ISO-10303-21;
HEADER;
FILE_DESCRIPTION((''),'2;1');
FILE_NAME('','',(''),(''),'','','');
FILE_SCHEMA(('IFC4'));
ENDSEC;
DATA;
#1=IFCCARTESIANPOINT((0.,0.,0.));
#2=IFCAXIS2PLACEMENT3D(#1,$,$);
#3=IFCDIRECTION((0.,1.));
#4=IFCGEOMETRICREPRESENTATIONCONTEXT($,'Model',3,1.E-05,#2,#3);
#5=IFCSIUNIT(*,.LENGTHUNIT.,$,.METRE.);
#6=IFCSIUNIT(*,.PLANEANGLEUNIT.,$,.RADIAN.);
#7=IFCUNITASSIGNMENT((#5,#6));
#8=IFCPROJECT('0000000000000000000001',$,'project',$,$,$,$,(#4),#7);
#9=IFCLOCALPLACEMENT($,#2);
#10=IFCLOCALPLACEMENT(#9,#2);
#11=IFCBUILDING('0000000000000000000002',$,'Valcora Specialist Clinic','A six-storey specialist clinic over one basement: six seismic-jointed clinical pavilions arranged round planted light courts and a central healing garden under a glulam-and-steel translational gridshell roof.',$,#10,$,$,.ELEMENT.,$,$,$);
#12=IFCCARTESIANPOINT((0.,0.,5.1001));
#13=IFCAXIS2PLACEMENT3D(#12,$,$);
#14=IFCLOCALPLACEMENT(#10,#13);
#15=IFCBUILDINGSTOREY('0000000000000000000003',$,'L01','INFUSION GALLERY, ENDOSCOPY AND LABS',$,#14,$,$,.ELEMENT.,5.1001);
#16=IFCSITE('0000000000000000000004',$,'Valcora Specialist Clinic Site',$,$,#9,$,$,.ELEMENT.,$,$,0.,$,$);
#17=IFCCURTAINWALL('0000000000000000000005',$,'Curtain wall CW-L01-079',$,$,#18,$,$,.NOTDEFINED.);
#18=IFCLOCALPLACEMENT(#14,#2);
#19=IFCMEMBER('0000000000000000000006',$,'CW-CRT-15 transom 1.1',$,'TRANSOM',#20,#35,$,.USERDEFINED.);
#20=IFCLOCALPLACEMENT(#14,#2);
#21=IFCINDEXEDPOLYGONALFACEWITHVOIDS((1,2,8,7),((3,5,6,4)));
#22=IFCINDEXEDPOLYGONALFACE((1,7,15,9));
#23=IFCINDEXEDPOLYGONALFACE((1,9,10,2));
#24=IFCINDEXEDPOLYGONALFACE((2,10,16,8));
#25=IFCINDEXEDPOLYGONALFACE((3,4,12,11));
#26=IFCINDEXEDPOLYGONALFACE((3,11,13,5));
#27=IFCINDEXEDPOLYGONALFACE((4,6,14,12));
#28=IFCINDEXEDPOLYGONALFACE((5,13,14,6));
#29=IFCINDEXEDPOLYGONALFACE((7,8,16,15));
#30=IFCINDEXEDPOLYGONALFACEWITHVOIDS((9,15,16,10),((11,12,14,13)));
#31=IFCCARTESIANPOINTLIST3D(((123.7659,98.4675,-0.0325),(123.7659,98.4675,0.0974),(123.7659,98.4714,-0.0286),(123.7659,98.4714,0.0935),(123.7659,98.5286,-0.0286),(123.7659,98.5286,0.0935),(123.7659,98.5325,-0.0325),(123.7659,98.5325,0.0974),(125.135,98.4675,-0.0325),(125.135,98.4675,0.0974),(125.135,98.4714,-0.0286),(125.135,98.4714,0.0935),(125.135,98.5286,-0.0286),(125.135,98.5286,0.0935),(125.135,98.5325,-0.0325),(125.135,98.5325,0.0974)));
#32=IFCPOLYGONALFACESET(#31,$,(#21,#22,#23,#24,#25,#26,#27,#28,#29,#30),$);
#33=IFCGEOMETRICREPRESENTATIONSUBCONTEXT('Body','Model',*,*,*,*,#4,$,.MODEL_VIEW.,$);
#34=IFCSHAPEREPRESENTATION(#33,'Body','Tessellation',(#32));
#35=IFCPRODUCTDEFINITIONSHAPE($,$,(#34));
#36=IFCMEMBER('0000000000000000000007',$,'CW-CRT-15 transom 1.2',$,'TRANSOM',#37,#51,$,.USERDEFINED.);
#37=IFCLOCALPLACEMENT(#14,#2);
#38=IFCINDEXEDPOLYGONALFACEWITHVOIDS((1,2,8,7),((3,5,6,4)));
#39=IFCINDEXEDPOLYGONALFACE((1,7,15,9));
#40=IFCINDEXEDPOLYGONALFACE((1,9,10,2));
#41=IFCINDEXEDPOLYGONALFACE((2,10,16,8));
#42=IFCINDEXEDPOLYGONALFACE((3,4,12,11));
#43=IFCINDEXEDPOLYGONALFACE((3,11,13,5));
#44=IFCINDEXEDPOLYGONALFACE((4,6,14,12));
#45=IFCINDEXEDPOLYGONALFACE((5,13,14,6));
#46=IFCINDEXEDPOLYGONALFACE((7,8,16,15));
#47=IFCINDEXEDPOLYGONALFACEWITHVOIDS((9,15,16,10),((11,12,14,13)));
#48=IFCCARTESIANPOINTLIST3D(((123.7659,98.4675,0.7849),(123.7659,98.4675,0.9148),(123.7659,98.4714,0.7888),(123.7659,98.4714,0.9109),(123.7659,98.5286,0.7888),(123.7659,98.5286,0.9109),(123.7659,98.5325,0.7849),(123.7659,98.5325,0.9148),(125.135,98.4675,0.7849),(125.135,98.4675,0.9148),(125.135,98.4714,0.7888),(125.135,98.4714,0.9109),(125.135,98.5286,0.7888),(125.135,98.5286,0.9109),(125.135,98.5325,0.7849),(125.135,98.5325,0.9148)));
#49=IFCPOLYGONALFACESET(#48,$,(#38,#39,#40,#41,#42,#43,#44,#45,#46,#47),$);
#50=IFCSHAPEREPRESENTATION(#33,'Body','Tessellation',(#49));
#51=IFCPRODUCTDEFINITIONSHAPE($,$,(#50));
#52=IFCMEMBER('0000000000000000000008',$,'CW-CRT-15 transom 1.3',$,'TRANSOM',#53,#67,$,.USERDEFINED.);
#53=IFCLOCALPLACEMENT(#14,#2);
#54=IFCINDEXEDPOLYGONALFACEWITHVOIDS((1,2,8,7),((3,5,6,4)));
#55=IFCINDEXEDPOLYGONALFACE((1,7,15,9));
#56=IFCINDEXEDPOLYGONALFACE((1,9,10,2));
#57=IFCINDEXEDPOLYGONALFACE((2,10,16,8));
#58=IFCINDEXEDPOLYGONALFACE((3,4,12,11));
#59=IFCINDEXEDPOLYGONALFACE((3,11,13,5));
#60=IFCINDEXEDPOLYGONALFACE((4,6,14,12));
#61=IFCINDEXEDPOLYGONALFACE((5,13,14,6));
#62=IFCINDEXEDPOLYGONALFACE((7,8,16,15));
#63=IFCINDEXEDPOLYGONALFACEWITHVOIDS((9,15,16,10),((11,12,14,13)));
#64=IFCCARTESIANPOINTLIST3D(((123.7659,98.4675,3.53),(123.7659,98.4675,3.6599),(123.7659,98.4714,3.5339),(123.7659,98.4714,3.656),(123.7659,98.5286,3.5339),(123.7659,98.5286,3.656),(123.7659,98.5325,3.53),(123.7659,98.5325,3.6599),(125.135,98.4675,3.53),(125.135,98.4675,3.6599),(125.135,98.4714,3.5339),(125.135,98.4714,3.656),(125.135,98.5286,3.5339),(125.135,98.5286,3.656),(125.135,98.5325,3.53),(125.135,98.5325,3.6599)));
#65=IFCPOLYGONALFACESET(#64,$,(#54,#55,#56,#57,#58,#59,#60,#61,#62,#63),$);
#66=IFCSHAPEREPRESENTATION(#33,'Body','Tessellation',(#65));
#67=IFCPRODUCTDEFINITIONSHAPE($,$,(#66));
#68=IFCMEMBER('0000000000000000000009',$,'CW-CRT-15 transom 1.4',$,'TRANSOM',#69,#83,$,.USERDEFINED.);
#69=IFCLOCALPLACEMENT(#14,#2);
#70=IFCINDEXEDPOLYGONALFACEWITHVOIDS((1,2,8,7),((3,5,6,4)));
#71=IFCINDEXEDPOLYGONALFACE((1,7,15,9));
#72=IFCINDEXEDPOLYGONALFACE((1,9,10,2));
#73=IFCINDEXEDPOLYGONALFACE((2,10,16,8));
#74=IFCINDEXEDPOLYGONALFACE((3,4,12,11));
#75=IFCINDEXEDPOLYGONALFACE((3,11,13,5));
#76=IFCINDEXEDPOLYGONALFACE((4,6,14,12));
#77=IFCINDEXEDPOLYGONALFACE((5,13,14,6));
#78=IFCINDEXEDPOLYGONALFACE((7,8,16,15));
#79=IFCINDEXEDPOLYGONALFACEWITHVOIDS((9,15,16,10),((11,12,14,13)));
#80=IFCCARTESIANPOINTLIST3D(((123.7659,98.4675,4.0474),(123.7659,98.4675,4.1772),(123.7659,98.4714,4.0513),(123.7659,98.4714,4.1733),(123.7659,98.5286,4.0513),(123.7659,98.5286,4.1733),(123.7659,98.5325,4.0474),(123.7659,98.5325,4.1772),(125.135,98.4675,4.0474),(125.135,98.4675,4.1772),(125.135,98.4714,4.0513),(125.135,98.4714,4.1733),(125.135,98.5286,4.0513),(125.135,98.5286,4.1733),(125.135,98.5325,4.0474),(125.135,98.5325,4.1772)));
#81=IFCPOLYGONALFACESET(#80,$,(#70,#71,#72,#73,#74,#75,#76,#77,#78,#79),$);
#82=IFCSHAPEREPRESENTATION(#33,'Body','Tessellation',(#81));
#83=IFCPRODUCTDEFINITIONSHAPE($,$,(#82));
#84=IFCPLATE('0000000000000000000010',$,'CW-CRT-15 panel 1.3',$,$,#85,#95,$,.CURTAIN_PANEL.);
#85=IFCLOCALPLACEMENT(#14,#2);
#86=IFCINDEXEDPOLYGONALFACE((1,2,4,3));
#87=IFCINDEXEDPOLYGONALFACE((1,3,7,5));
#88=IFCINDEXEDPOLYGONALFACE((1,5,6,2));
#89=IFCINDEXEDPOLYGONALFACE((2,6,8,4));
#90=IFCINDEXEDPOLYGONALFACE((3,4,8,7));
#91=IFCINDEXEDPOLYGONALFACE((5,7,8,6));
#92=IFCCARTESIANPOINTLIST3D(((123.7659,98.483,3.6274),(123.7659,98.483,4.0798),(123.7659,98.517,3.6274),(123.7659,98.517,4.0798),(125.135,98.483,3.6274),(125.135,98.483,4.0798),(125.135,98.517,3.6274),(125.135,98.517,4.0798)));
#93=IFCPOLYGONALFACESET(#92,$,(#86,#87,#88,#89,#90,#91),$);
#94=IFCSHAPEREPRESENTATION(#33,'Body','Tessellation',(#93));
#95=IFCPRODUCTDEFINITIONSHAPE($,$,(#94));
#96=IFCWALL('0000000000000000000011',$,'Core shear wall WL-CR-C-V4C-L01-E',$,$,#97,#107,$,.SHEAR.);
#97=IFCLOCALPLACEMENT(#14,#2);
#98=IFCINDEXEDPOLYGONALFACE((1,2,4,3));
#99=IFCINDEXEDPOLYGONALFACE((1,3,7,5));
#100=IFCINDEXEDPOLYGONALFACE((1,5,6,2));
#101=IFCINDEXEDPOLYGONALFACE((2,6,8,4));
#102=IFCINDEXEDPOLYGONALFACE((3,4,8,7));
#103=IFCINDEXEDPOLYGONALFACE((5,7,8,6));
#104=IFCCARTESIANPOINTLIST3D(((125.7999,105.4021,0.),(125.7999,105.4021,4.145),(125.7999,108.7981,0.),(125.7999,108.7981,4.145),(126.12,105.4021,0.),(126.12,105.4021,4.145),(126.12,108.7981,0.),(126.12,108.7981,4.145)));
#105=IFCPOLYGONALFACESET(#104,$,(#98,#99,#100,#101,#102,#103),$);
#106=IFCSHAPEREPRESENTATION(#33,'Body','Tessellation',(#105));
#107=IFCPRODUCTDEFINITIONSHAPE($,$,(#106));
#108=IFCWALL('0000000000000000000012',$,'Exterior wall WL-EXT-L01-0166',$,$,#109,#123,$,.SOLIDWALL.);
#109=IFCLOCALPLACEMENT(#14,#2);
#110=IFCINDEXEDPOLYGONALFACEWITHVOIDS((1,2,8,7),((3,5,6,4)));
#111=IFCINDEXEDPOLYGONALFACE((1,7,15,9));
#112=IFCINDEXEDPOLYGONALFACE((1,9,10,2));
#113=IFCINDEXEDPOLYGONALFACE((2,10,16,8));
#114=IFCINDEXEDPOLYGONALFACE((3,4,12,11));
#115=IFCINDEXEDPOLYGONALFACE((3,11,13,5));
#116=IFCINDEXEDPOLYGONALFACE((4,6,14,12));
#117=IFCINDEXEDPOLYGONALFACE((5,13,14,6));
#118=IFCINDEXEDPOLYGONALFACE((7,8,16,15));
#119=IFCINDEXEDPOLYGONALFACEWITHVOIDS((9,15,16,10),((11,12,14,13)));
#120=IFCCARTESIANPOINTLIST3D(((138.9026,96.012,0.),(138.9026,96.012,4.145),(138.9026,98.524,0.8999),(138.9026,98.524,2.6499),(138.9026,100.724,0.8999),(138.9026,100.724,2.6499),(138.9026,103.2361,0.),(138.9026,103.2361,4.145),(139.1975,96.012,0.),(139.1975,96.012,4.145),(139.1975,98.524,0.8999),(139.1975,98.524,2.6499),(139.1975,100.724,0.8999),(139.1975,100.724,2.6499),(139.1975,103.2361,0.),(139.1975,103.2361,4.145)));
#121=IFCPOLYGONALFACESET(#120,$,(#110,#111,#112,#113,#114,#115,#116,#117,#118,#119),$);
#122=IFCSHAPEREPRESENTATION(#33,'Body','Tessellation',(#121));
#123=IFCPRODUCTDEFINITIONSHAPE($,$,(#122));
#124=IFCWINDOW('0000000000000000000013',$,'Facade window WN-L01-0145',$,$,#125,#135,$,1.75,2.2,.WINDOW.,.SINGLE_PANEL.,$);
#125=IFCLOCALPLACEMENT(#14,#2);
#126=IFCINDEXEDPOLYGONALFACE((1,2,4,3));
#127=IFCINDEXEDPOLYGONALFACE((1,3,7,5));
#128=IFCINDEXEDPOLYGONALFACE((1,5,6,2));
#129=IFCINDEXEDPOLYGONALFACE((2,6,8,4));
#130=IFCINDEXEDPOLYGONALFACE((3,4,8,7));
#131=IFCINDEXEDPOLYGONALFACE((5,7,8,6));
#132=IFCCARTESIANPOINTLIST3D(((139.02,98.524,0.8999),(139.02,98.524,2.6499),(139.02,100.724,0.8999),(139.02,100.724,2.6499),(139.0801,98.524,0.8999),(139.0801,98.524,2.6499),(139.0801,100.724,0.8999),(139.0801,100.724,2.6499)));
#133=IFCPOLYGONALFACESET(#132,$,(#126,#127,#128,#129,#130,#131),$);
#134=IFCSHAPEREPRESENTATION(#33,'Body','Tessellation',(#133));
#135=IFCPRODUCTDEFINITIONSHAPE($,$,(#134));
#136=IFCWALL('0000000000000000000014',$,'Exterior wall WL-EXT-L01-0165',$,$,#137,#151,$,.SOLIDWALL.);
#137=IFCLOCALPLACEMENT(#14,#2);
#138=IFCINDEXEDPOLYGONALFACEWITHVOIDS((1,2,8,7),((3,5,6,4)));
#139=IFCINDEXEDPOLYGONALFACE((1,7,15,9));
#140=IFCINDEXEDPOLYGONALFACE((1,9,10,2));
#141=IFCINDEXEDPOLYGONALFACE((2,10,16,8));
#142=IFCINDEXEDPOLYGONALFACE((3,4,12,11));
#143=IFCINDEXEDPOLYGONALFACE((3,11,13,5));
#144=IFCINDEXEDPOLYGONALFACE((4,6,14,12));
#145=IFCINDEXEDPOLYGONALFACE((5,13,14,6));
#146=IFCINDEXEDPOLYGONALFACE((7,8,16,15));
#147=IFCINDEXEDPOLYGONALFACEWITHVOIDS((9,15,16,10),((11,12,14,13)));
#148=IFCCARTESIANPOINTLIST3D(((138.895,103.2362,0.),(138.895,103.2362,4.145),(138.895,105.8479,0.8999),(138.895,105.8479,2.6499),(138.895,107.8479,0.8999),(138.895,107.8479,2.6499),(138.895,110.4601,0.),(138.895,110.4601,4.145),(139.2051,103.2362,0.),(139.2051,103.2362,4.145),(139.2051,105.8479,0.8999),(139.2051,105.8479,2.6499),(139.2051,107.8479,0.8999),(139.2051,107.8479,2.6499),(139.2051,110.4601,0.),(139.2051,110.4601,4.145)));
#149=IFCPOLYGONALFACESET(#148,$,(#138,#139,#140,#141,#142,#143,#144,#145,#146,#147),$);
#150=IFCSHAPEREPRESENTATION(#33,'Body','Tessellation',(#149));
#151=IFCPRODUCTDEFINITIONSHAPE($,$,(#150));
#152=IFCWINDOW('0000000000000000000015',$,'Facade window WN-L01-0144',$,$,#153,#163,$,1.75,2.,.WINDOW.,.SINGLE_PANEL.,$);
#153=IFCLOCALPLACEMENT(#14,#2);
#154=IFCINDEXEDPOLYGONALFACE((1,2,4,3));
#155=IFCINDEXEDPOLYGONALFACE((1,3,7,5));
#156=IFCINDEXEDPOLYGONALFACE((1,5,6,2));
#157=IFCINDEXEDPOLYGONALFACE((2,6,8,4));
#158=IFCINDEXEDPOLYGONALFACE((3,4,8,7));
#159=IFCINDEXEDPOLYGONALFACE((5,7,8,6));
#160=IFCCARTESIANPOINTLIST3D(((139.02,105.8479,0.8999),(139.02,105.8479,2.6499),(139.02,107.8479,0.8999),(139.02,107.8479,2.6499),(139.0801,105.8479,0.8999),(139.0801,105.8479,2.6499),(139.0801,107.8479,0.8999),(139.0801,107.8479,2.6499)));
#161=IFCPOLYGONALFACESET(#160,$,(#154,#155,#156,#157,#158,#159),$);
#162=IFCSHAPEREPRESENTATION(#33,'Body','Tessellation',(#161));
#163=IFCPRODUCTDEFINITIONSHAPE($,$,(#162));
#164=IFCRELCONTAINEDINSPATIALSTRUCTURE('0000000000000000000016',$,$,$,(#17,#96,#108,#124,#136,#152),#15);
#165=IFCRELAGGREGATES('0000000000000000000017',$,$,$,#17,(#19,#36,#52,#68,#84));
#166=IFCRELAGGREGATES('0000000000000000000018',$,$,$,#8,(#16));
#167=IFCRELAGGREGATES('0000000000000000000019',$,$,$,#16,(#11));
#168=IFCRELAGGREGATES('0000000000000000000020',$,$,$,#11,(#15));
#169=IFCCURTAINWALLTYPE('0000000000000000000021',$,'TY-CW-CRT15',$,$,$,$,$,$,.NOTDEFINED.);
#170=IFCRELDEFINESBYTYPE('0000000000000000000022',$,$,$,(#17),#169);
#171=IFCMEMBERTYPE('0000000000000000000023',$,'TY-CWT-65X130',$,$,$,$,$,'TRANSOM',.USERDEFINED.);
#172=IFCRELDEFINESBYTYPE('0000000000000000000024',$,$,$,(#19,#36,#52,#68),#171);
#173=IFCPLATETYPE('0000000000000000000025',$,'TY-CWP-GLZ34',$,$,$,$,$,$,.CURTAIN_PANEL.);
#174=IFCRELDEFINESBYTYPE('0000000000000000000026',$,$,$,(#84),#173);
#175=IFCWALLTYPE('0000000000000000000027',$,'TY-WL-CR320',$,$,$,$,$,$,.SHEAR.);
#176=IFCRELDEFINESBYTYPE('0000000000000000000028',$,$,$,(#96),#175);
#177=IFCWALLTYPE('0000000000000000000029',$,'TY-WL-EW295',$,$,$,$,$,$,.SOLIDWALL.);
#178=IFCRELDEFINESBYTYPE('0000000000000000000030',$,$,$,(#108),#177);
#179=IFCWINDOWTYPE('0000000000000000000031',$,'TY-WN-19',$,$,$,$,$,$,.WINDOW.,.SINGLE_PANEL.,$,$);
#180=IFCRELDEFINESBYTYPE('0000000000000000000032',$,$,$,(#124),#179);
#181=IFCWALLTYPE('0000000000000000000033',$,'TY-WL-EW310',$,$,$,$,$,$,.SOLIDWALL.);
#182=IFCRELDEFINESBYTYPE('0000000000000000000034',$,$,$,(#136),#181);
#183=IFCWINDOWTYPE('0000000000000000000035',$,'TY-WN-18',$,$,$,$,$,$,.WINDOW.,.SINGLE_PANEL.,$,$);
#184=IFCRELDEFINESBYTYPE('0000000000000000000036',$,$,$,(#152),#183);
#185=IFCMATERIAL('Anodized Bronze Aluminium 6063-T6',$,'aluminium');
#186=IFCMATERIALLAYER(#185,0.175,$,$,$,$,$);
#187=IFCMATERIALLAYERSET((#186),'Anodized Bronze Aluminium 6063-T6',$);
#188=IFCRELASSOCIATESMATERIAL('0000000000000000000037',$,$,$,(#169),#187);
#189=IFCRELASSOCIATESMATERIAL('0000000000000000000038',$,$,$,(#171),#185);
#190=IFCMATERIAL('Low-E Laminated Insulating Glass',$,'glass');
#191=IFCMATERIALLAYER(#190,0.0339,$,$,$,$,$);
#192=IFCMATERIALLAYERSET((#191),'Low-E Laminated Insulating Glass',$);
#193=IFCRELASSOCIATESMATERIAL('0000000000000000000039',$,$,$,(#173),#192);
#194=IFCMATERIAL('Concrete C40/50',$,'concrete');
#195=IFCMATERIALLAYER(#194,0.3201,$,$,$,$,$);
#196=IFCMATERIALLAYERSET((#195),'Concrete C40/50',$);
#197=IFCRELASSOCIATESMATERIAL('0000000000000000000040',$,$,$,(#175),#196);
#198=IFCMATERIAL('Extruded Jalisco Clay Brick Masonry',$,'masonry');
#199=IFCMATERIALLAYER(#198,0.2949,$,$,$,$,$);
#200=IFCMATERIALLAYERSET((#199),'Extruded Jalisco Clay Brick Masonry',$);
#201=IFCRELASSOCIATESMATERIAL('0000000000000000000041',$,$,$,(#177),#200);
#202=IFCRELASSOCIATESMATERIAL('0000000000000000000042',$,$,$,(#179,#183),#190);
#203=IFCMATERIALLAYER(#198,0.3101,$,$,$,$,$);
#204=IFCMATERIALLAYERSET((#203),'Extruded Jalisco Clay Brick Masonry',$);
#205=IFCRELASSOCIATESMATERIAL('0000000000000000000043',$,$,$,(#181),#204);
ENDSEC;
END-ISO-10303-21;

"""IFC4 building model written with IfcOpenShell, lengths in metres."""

from ifc_helpers import new_model, si_unit, direction, frame, frame_2d, origin, origin_2d, place, context, subcontext, project, spatial, rectangle, hollow_rectangle, extrude, material, layer, layer_set, material_profile, profile_set, type_object, element, fill, aggregate, save


model = new_model("IFC4")

# Units and contexts
model_context = context("Model", 3, precision=1e-05, world=origin(), true_north=direction((0.0, 1.0)))
body_context = subcontext(model_context, "Body", "Model", "MODEL_VIEW")
ifc_project = project(units=[si_unit("LENGTHUNIT", "METRE"), si_unit("PLANEANGLEUNIT", "RADIAN")], contexts=[model_context])

# Site, building, storey
site_placement = place(None, origin())
site = spatial("IfcSite", under=ifc_project, at=site_placement, Name="Valcora Specialist Clinic Site", CompositionType="ELEMENT", RefElevation=0.0)
building_placement = place(site_placement, origin())
building = spatial("IfcBuilding", under=site, at=building_placement, Name="Valcora Specialist Clinic", Description="A six-storey specialist clinic over one basement: six seismic-jointed clinical pavilions arranged round planted light courts and a central healing garden under a glulam-and-steel translational gridshell roof.", CompositionType="ELEMENT")
storey_placement = place(building_placement, frame((0.0, 0.0, 5.1001)))
storey = spatial("IfcBuildingStorey", under=building, at=storey_placement, Name="L01", Description="INFUSION GALLERY, ENDOSCOPY AND LABS", CompositionType="ELEMENT", Elevation=5.1001)

# Shared definitions
ifc_material_1 = material(Name="Concrete C40/50", Category="concrete")

# Curtain wall, members, plate
ifc_material_2 = material(Name="Anodized Bronze Aluminium 6063-T6", Category="aluminium")
ifc_layer_1 = layer(ifc_material_2, 0.175)
ifc_layer_set_1 = layer_set([ifc_layer_1], Name="Anodized Bronze Aluminium 6063-T6")
curtain_wall_type = type_object("IfcCurtainWallType", Name="TY-CW-CRT15", PredefinedType="NOTDEFINED", material=ifc_layer_set_1)
curtain_wall_placement = place(storey_placement, origin())
curtain_wall = element("IfcCurtainWall", 1, at=curtain_wall_placement, inside=storey, type_object=curtain_wall_type, Name="Curtain wall CW-L01-079", PredefinedType="NOTDEFINED")
ifc_material_profile_1 = material_profile(ifc_material_2, hollow_rectangle(XDim=0.0649, YDim=0.1299, WallThickness=0.0039, at=origin_2d()), Name="AL-TRN-65X130")
ifc_profile_set_1 = profile_set([ifc_material_profile_1], Name="Anodized Bronze Aluminium 6063-T6")
member_type_1 = type_object("IfcMemberType", Name="TY-CWT-65X130", ElementType="TRANSOM", PredefinedType="USERDEFINED", material=ifc_profile_set_1)
member_1_placement = place(storey_placement, frame((125.135, 98.5, 0.0325), z_axis=(-1.0, 0.0, 0.0), x_axis=(0.0, -1.0, 0.0)))
member_1 = element("IfcMember", 2, at=member_1_placement, type_object=member_type_1, Name="CW-CRT-15 transom 1.1", ObjectType="TRANSOM", PredefinedType="USERDEFINED", context=body_context, shape_type="SweptSolid", body=[
    extrude(hollow_rectangle(XDim=0.0649, YDim=0.1299, WallThickness=0.0039, at=origin_2d()), origin(), (0.0, 0.0, 1.0), 1.3691),
])
member_2_placement = place(storey_placement, frame((125.135, 98.5, 0.8499), z_axis=(-1.0, 0.0, 0.0), x_axis=(0.0, -1.0, 0.0)))
member_2 = element("IfcMember", 3, at=member_2_placement, type_object=member_type_1, Name="CW-CRT-15 transom 1.2", ObjectType="TRANSOM", PredefinedType="USERDEFINED", context=body_context, shape_type="SweptSolid", body=[
    extrude(hollow_rectangle(XDim=0.0649, YDim=0.1299, WallThickness=0.0039, at=origin_2d()), origin(), (0.0, 0.0, 1.0), 1.3691),
])
member_3_placement = place(storey_placement, frame((125.135, 98.5, 3.595), z_axis=(-1.0, 0.0, 0.0), x_axis=(0.0, -1.0, 0.0)))
member_3 = element("IfcMember", 4, at=member_3_placement, type_object=member_type_1, Name="CW-CRT-15 transom 1.3", ObjectType="TRANSOM", PredefinedType="USERDEFINED", context=body_context, shape_type="SweptSolid", body=[
    extrude(hollow_rectangle(XDim=0.0649, YDim=0.1299, WallThickness=0.0039, at=origin_2d()), origin(), (0.0, 0.0, 1.0), 1.3691),
])
member_4_placement = place(storey_placement, frame((125.135, 98.5, 4.1123), z_axis=(-1.0, 0.0, 0.0), x_axis=(0.0, -1.0, 0.0)))
member_4 = element("IfcMember", 5, at=member_4_placement, type_object=member_type_1, Name="CW-CRT-15 transom 1.4", ObjectType="TRANSOM", PredefinedType="USERDEFINED", context=body_context, shape_type="SweptSolid", body=[
    extrude(hollow_rectangle(XDim=0.0649, YDim=0.1299, WallThickness=0.0039, at=origin_2d()), origin(), (0.0, 0.0, 1.0), 1.3691),
])
ifc_material_3 = material(Name="Low-E Laminated Insulating Glass", Category="glass")
ifc_layer_2 = layer(ifc_material_3, 0.0339)
ifc_layer_set_2 = layer_set([ifc_layer_2], Name="Low-E Laminated Insulating Glass")
plate_type = type_object("IfcPlateType", Name="TY-CWP-GLZ34", PredefinedType="CURTAIN_PANEL", material=ifc_layer_set_2)
plate_placement = place(storey_placement, frame((124.4504, 98.5, 3.6274), z_axis=(0.0, 0.0, 1.0), x_axis=(-1.0, 0.0, 0.0)))
plate = element("IfcPlate", 6, at=plate_placement, type_object=plate_type, Name="CW-CRT-15 panel 1.3", PredefinedType="CURTAIN_PANEL", context=body_context, shape_type="SweptSolid", body=[
    extrude(rectangle(XDim=1.3691, YDim=0.0339, at=origin_2d()), origin(), (0.0, 0.0, 1.0), 0.4524),
])
aggregate(curtain_wall, [member_1, member_2, member_3, member_4, plate])

# Wall
ifc_layer_3 = layer(ifc_material_1, 0.3201)
ifc_layer_set_3 = layer_set([ifc_layer_3], Name="Concrete C40/50")
wall_type_1 = type_object("IfcWallType", Name="TY-WL-CR320", PredefinedType="SHEAR", material=ifc_layer_set_3)
wall_1_placement = place(storey_placement, frame((125.96, 105.4021, 0.0), z_axis=(0.0, 0.0, 1.0), x_axis=(0.0, 1.0, 0.0)))
element("IfcWall", 7, at=wall_1_placement, inside=storey, type_object=wall_type_1, Name="Core shear wall WL-CR-C-V4C-L01-E", PredefinedType="SHEAR", context=body_context, shape_type="SweptSolid", body=[
    extrude(rectangle(XDim=3.396, YDim=0.3201, at=frame_2d((1.698, 0.0))), origin(), (0.0, 0.0, 1.0), 4.145),
])

# Walls, openings, windows
ifc_material_4 = material(Name="Extruded Jalisco Clay Brick Masonry", Category="masonry")
ifc_layer_4 = layer(ifc_material_4, 0.2949)
ifc_layer_set_4 = layer_set([ifc_layer_4], Name="Extruded Jalisco Clay Brick Masonry")
wall_type_2 = type_object("IfcWallType", Name="TY-WL-EW295", PredefinedType="SOLIDWALL", material=ifc_layer_set_4)
wall_2_placement = place(storey_placement, frame((139.05, 103.2361, 0.0), z_axis=(0.0, 0.0, 1.0), x_axis=(0.0, -1.0, 0.0)))
wall_2 = element("IfcWall", 8, at=wall_2_placement, inside=storey, type_object=wall_type_2, Name="Exterior wall WL-EXT-L01-0166", PredefinedType="SOLIDWALL", context=body_context, shape_type="SweptSolid", body=[
    extrude(rectangle(XDim=7.2241, YDim=0.2949, at=frame_2d((3.6121, 0.0))), origin(), (0.0, 0.0, 1.0), 4.145),
])
opening_1_placement = place(wall_2_placement, frame((2.512, 0.0, 0.8999)))
opening_1 = element("IfcOpeningElement", 9, at=opening_1_placement, cuts=wall_2, PredefinedType="OPENING", context=body_context, shape_type="SweptSolid", body=[
    extrude(rectangle(XDim=2.2, YDim=1.75, at=frame_2d((1.1001, 0.875))), frame((0.0, 0.1575, 0.0), z_axis=(0.0, -1.0, 0.0), x_axis=(1.0, 0.0, 0.0)), (0.0, 0.0, 1.0), 0.3149),
])
window_type_1 = type_object("IfcWindowType", Name="TY-WN-19", PartitioningType="SINGLE_PANEL", PredefinedType="WINDOW", material=ifc_material_3)
window_1_placement = place(opening_1_placement, origin())
window_1 = element("IfcWindow", 10, at=window_1_placement, inside=storey, type_object=window_type_1, Name="Facade window WN-L01-0145", OverallHeight=1.75, OverallWidth=2.2, PartitioningType="SINGLE_PANEL", PredefinedType="WINDOW", context=body_context, shape_type="SweptSolid", body=[
    extrude(rectangle(XDim=2.2, YDim=1.75, at=frame_2d((1.1001, 0.875))), frame((0.0, 0.03, 0.0), z_axis=(0.0, -1.0, 0.0), x_axis=(1.0, 0.0, 0.0)), (0.0, 0.0, 1.0), 0.0601),
])
fill(opening_1, window_1)
ifc_layer_5 = layer(ifc_material_4, 0.3101)
ifc_layer_set_5 = layer_set([ifc_layer_5], Name="Extruded Jalisco Clay Brick Masonry")
wall_type_3 = type_object("IfcWallType", Name="TY-WL-EW310", PredefinedType="SOLIDWALL", material=ifc_layer_set_5)
wall_3_placement = place(storey_placement, frame((139.05, 110.46, 0.0), z_axis=(0.0, 0.0, 1.0), x_axis=(0.0, -1.0, 0.0)))
wall_3 = element("IfcWall", 11, at=wall_3_placement, inside=storey, type_object=wall_type_3, Name="Exterior wall WL-EXT-L01-0165", PredefinedType="SOLIDWALL", context=body_context, shape_type="SweptSolid", body=[
    extrude(rectangle(XDim=7.2239, YDim=0.3101, at=frame_2d((3.6118, 0.0))), origin(), (0.0, 0.0, 1.0), 4.145),
])
opening_2_placement = place(wall_3_placement, frame((2.6121, 0.0, 0.8999)))
opening_2 = element("IfcOpeningElement", 12, at=opening_2_placement, cuts=wall_3, PredefinedType="OPENING", context=body_context, shape_type="SweptSolid", body=[
    extrude(rectangle(XDim=2.0, YDim=1.75, at=frame_2d((1.0, 0.875))), frame((0.0, 0.165, 0.0), z_axis=(0.0, -1.0, 0.0), x_axis=(1.0, 0.0, 0.0)), (0.0, 0.0, 1.0), 0.3301),
])
window_type_2 = type_object("IfcWindowType", Name="TY-WN-18", PartitioningType="SINGLE_PANEL", PredefinedType="WINDOW", material=ifc_material_3)
window_2_placement = place(opening_2_placement, origin())
window_2 = element("IfcWindow", 13, at=window_2_placement, inside=storey, type_object=window_type_2, Name="Facade window WN-L01-0144", OverallHeight=1.75, OverallWidth=2.0, PartitioningType="SINGLE_PANEL", PredefinedType="WINDOW", context=body_context, shape_type="SweptSolid", body=[
    extrude(rectangle(XDim=2.0, YDim=1.75, at=frame_2d((1.0, 0.875))), frame((0.0, 0.03, 0.0), z_axis=(0.0, -1.0, 0.0), x_axis=(1.0, 0.0, 0.0)), (0.0, 0.0, 1.0), 0.0601),
])
fill(opening_2, window_2)

save(model, "model.ifc")
